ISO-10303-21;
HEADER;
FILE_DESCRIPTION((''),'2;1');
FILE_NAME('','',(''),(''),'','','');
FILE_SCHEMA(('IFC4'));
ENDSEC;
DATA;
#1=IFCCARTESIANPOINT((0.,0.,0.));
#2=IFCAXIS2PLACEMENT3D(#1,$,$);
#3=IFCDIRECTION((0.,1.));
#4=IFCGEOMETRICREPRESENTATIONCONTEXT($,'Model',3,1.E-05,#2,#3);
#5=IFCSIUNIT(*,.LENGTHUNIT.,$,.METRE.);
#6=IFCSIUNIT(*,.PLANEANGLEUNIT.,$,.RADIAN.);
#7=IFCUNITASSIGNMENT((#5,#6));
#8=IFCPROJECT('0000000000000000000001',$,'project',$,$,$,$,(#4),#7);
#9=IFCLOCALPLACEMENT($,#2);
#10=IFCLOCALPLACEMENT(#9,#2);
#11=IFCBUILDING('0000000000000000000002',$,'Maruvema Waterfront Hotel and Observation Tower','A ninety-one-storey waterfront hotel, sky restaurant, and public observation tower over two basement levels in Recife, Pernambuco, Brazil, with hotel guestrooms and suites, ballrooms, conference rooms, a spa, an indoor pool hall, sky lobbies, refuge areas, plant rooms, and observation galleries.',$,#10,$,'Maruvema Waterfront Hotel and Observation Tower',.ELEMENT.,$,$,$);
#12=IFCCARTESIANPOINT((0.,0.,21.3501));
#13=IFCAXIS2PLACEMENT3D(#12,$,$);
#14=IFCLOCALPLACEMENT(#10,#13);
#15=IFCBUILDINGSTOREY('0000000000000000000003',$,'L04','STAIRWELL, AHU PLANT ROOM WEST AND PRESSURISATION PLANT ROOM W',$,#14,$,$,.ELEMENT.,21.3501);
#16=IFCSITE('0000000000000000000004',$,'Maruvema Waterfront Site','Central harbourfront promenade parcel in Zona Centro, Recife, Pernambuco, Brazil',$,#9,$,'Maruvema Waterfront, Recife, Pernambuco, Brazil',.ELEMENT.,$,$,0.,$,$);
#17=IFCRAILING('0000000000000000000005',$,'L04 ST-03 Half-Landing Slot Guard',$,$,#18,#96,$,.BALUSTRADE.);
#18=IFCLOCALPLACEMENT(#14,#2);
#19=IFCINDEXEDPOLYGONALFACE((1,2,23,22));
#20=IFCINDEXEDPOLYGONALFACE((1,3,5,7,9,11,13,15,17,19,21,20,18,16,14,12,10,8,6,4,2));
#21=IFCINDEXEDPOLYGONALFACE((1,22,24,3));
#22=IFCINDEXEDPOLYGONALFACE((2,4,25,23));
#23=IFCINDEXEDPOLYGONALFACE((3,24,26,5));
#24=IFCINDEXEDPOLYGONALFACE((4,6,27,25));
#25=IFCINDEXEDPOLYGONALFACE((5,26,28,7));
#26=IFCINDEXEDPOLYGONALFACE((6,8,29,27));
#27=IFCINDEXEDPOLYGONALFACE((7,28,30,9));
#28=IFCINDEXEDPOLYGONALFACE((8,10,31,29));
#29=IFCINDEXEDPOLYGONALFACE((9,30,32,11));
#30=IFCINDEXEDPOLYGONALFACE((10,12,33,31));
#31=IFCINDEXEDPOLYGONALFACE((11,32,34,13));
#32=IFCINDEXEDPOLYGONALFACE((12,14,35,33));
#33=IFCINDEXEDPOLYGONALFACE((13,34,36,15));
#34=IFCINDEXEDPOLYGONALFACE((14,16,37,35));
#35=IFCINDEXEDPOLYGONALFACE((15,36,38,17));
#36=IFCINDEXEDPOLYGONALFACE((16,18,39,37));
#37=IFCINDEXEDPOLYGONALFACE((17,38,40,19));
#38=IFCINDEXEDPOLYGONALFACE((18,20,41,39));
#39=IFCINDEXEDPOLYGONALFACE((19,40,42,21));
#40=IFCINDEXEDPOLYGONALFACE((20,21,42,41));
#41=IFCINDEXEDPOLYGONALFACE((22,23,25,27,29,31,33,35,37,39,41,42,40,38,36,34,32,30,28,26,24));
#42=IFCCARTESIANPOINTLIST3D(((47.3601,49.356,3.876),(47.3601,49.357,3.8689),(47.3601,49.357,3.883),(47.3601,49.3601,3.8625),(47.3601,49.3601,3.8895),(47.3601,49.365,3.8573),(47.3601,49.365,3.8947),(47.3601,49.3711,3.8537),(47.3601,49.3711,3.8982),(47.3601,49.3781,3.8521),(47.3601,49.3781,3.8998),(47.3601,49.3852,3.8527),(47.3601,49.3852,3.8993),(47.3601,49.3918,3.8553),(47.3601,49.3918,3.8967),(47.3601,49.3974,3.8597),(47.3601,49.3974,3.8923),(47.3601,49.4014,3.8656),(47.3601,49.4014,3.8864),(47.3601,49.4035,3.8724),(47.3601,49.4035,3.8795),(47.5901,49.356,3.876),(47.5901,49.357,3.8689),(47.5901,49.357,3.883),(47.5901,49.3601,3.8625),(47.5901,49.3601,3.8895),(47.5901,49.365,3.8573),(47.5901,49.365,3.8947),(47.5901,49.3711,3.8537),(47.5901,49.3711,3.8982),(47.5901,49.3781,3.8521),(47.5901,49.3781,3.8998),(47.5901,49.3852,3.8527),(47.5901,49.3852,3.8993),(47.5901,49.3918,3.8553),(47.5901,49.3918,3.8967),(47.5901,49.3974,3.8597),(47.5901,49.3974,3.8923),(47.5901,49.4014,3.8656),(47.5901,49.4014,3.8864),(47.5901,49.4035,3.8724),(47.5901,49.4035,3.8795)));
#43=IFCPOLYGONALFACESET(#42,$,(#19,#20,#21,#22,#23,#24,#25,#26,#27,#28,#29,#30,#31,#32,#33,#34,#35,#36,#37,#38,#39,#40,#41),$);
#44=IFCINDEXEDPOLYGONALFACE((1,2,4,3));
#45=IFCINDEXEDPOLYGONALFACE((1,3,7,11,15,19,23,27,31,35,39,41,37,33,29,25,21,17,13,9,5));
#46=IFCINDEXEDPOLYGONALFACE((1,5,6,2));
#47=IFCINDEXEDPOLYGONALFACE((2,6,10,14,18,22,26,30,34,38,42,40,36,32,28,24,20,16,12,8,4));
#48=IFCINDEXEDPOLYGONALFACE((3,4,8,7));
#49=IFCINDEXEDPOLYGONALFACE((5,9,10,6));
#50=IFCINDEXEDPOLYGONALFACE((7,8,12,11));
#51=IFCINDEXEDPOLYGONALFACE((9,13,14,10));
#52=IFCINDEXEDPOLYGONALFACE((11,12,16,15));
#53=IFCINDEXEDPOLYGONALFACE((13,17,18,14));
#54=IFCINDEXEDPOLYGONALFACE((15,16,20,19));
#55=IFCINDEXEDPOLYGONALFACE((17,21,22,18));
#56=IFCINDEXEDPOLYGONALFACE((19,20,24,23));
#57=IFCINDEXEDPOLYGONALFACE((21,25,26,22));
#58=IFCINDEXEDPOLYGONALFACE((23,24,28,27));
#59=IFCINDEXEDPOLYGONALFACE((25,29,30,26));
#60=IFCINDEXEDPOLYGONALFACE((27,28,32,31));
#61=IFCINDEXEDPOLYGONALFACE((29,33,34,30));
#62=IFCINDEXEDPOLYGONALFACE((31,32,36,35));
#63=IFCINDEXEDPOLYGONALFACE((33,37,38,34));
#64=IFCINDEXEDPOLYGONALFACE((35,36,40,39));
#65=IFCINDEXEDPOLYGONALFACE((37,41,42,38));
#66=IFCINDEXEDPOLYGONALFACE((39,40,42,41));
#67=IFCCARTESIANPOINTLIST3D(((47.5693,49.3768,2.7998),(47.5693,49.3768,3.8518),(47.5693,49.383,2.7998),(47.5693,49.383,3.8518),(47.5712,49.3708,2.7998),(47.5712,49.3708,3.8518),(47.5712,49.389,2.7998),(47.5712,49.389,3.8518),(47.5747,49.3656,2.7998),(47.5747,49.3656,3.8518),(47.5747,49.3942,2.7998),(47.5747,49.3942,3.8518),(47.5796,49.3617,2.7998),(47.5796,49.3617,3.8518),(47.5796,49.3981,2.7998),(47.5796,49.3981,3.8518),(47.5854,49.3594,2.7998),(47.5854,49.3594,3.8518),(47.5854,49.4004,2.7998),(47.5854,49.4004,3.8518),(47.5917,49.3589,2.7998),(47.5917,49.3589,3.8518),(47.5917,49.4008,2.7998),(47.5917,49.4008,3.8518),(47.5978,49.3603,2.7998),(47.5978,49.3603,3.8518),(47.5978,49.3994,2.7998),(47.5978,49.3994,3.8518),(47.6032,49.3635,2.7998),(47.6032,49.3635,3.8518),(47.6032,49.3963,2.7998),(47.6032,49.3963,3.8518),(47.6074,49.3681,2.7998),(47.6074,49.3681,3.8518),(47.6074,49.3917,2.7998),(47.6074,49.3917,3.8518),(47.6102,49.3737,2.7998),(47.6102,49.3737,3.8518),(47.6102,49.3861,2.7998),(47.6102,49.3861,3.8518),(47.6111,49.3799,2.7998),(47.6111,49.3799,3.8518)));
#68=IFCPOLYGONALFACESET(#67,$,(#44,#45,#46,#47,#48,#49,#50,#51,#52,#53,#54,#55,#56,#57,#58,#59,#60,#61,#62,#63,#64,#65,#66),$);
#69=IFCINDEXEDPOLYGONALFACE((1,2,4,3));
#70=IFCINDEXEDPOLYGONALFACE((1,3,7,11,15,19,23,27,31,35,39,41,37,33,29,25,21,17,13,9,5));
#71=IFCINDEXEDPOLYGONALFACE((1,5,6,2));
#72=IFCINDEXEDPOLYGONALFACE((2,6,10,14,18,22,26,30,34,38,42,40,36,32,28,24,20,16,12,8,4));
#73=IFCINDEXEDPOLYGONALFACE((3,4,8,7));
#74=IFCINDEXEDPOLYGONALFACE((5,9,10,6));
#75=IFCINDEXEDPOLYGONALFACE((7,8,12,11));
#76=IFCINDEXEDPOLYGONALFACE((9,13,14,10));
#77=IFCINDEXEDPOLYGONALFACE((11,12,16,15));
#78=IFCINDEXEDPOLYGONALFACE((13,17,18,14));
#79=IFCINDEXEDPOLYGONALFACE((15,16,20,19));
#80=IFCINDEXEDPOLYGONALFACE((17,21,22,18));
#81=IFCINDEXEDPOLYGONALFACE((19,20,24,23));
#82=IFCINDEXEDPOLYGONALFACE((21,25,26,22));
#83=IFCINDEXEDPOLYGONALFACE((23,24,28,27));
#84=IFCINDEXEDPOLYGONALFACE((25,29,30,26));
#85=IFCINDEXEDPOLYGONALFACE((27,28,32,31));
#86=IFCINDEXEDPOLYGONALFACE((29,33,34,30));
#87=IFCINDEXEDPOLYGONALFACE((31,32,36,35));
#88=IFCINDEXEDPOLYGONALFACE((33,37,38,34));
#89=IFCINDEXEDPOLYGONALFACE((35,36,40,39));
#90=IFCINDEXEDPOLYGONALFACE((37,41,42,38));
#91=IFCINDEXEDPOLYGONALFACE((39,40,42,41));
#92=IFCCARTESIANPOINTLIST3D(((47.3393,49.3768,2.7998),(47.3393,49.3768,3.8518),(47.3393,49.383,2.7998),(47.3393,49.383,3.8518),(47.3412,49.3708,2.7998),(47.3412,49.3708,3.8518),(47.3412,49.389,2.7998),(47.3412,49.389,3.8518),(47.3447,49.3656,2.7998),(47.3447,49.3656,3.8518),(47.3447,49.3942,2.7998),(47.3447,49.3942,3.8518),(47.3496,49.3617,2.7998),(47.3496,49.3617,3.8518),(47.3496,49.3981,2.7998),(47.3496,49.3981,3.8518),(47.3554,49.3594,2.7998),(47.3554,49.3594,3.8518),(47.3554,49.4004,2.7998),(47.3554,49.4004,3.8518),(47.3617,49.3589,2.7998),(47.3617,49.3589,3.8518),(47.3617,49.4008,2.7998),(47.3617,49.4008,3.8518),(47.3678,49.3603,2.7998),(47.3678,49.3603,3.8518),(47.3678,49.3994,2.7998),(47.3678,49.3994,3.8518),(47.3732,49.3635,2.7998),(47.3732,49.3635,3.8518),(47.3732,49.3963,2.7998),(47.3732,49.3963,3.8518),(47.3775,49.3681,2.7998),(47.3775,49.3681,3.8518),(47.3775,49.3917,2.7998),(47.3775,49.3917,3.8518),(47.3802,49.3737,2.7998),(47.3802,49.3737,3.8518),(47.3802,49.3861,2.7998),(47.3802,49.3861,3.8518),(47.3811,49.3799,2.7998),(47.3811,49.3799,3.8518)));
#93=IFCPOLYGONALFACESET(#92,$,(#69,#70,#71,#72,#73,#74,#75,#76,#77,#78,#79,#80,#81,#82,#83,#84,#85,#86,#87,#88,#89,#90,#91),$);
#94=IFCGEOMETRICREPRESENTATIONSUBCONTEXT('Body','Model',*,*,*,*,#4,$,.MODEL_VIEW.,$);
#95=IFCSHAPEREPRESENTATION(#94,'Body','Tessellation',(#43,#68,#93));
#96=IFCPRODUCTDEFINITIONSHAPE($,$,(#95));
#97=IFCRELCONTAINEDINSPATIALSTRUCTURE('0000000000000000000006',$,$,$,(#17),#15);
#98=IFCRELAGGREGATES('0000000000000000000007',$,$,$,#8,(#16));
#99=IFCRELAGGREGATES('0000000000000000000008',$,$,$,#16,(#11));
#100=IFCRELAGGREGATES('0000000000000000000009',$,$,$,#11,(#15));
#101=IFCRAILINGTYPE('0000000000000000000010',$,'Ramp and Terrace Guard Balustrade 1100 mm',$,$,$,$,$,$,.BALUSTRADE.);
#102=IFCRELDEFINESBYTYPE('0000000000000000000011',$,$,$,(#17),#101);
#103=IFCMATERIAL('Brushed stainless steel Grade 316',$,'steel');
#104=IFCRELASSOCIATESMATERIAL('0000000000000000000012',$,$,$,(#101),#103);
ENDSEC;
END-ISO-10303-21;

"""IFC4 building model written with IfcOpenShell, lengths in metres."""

from ifc_helpers import new_model, si_unit, direction, frame, origin, origin_2d, place, context, subcontext, project, spatial, circle, extrude, material, type_object, element, save


model = new_model("IFC4")

# Units and contexts
model_context = context("Model", 3, precision=1e-05, world=origin(), true_north=direction((0.0, 1.0)))
body_context = subcontext(model_context, "Body", "Model", "MODEL_VIEW")
ifc_project = project(units=[si_unit("LENGTHUNIT", "METRE"), si_unit("PLANEANGLEUNIT", "RADIAN")], contexts=[model_context])

# Site, building, storey
site_placement = place(None, origin())
site = spatial("IfcSite", under=ifc_project, at=site_placement, Name="Maruvema Waterfront Site", Description="Central harbourfront promenade parcel in Zona Centro, Recife, Pernambuco, Brazil", LongName="Maruvema Waterfront, Recife, Pernambuco, Brazil", CompositionType="ELEMENT", RefElevation=0.0)
building_placement = place(site_placement, origin())
building = spatial("IfcBuilding", under=site, at=building_placement, Name="Maruvema Waterfront Hotel and Observation Tower", Description="A ninety-one-storey waterfront hotel, sky restaurant, and public observation tower over two basement levels in Recife, Pernambuco, Brazil, with hotel guestrooms and suites, ballrooms, conference rooms, a spa, an indoor pool hall, sky lobbies, refuge areas, plant rooms, and observation galleries.", LongName="Maruvema Waterfront Hotel and Observation Tower", CompositionType="ELEMENT")
storey_placement = place(building_placement, frame((0.0, 0.0, 21.3501)))
storey = spatial("IfcBuildingStorey", under=building, at=storey_placement, Name="L04", Description="STAIRWELL, AHU PLANT ROOM WEST AND PRESSURISATION PLANT ROOM W", CompositionType="ELEMENT", Elevation=21.3501)

# Railing
ifc_material_1 = material(Name="Brushed stainless steel Grade 316", Category="steel")
railing_type_1 = type_object("IfcRailingType", Name="Ramp and Terrace Guard Balustrade 1100 mm", PredefinedType="BALUSTRADE", material=ifc_material_1)
railing_1_placement = place(storey_placement, frame((47.5901, 49.3799, 2.7998)))
element("IfcRailing", 1, at=railing_1_placement, inside=storey, type_object=railing_type_1, Name="L04 ST-03 Half-Landing Slot Guard", PredefinedType="BALUSTRADE", context=body_context, shape_type="SweptSolid", body=[
    extrude(circle(Radius=0.0239, at=origin_2d()), frame((0.0, 0.0, 1.0762), z_axis=(-1.0, 0.0, 0.0), x_axis=(0.0, -1.0, 0.0)), (0.0, 0.0, 1.0), 0.23),
    extrude(circle(Radius=0.021, at=origin_2d()), origin(), (0.0, 0.0, 1.0), 1.052),
    extrude(circle(Radius=0.021, at=origin_2d()), frame((-0.23, 0.0, 0.0)), (0.0, 0.0, 1.0), 1.052),
])

save(model, "model.ifc")
